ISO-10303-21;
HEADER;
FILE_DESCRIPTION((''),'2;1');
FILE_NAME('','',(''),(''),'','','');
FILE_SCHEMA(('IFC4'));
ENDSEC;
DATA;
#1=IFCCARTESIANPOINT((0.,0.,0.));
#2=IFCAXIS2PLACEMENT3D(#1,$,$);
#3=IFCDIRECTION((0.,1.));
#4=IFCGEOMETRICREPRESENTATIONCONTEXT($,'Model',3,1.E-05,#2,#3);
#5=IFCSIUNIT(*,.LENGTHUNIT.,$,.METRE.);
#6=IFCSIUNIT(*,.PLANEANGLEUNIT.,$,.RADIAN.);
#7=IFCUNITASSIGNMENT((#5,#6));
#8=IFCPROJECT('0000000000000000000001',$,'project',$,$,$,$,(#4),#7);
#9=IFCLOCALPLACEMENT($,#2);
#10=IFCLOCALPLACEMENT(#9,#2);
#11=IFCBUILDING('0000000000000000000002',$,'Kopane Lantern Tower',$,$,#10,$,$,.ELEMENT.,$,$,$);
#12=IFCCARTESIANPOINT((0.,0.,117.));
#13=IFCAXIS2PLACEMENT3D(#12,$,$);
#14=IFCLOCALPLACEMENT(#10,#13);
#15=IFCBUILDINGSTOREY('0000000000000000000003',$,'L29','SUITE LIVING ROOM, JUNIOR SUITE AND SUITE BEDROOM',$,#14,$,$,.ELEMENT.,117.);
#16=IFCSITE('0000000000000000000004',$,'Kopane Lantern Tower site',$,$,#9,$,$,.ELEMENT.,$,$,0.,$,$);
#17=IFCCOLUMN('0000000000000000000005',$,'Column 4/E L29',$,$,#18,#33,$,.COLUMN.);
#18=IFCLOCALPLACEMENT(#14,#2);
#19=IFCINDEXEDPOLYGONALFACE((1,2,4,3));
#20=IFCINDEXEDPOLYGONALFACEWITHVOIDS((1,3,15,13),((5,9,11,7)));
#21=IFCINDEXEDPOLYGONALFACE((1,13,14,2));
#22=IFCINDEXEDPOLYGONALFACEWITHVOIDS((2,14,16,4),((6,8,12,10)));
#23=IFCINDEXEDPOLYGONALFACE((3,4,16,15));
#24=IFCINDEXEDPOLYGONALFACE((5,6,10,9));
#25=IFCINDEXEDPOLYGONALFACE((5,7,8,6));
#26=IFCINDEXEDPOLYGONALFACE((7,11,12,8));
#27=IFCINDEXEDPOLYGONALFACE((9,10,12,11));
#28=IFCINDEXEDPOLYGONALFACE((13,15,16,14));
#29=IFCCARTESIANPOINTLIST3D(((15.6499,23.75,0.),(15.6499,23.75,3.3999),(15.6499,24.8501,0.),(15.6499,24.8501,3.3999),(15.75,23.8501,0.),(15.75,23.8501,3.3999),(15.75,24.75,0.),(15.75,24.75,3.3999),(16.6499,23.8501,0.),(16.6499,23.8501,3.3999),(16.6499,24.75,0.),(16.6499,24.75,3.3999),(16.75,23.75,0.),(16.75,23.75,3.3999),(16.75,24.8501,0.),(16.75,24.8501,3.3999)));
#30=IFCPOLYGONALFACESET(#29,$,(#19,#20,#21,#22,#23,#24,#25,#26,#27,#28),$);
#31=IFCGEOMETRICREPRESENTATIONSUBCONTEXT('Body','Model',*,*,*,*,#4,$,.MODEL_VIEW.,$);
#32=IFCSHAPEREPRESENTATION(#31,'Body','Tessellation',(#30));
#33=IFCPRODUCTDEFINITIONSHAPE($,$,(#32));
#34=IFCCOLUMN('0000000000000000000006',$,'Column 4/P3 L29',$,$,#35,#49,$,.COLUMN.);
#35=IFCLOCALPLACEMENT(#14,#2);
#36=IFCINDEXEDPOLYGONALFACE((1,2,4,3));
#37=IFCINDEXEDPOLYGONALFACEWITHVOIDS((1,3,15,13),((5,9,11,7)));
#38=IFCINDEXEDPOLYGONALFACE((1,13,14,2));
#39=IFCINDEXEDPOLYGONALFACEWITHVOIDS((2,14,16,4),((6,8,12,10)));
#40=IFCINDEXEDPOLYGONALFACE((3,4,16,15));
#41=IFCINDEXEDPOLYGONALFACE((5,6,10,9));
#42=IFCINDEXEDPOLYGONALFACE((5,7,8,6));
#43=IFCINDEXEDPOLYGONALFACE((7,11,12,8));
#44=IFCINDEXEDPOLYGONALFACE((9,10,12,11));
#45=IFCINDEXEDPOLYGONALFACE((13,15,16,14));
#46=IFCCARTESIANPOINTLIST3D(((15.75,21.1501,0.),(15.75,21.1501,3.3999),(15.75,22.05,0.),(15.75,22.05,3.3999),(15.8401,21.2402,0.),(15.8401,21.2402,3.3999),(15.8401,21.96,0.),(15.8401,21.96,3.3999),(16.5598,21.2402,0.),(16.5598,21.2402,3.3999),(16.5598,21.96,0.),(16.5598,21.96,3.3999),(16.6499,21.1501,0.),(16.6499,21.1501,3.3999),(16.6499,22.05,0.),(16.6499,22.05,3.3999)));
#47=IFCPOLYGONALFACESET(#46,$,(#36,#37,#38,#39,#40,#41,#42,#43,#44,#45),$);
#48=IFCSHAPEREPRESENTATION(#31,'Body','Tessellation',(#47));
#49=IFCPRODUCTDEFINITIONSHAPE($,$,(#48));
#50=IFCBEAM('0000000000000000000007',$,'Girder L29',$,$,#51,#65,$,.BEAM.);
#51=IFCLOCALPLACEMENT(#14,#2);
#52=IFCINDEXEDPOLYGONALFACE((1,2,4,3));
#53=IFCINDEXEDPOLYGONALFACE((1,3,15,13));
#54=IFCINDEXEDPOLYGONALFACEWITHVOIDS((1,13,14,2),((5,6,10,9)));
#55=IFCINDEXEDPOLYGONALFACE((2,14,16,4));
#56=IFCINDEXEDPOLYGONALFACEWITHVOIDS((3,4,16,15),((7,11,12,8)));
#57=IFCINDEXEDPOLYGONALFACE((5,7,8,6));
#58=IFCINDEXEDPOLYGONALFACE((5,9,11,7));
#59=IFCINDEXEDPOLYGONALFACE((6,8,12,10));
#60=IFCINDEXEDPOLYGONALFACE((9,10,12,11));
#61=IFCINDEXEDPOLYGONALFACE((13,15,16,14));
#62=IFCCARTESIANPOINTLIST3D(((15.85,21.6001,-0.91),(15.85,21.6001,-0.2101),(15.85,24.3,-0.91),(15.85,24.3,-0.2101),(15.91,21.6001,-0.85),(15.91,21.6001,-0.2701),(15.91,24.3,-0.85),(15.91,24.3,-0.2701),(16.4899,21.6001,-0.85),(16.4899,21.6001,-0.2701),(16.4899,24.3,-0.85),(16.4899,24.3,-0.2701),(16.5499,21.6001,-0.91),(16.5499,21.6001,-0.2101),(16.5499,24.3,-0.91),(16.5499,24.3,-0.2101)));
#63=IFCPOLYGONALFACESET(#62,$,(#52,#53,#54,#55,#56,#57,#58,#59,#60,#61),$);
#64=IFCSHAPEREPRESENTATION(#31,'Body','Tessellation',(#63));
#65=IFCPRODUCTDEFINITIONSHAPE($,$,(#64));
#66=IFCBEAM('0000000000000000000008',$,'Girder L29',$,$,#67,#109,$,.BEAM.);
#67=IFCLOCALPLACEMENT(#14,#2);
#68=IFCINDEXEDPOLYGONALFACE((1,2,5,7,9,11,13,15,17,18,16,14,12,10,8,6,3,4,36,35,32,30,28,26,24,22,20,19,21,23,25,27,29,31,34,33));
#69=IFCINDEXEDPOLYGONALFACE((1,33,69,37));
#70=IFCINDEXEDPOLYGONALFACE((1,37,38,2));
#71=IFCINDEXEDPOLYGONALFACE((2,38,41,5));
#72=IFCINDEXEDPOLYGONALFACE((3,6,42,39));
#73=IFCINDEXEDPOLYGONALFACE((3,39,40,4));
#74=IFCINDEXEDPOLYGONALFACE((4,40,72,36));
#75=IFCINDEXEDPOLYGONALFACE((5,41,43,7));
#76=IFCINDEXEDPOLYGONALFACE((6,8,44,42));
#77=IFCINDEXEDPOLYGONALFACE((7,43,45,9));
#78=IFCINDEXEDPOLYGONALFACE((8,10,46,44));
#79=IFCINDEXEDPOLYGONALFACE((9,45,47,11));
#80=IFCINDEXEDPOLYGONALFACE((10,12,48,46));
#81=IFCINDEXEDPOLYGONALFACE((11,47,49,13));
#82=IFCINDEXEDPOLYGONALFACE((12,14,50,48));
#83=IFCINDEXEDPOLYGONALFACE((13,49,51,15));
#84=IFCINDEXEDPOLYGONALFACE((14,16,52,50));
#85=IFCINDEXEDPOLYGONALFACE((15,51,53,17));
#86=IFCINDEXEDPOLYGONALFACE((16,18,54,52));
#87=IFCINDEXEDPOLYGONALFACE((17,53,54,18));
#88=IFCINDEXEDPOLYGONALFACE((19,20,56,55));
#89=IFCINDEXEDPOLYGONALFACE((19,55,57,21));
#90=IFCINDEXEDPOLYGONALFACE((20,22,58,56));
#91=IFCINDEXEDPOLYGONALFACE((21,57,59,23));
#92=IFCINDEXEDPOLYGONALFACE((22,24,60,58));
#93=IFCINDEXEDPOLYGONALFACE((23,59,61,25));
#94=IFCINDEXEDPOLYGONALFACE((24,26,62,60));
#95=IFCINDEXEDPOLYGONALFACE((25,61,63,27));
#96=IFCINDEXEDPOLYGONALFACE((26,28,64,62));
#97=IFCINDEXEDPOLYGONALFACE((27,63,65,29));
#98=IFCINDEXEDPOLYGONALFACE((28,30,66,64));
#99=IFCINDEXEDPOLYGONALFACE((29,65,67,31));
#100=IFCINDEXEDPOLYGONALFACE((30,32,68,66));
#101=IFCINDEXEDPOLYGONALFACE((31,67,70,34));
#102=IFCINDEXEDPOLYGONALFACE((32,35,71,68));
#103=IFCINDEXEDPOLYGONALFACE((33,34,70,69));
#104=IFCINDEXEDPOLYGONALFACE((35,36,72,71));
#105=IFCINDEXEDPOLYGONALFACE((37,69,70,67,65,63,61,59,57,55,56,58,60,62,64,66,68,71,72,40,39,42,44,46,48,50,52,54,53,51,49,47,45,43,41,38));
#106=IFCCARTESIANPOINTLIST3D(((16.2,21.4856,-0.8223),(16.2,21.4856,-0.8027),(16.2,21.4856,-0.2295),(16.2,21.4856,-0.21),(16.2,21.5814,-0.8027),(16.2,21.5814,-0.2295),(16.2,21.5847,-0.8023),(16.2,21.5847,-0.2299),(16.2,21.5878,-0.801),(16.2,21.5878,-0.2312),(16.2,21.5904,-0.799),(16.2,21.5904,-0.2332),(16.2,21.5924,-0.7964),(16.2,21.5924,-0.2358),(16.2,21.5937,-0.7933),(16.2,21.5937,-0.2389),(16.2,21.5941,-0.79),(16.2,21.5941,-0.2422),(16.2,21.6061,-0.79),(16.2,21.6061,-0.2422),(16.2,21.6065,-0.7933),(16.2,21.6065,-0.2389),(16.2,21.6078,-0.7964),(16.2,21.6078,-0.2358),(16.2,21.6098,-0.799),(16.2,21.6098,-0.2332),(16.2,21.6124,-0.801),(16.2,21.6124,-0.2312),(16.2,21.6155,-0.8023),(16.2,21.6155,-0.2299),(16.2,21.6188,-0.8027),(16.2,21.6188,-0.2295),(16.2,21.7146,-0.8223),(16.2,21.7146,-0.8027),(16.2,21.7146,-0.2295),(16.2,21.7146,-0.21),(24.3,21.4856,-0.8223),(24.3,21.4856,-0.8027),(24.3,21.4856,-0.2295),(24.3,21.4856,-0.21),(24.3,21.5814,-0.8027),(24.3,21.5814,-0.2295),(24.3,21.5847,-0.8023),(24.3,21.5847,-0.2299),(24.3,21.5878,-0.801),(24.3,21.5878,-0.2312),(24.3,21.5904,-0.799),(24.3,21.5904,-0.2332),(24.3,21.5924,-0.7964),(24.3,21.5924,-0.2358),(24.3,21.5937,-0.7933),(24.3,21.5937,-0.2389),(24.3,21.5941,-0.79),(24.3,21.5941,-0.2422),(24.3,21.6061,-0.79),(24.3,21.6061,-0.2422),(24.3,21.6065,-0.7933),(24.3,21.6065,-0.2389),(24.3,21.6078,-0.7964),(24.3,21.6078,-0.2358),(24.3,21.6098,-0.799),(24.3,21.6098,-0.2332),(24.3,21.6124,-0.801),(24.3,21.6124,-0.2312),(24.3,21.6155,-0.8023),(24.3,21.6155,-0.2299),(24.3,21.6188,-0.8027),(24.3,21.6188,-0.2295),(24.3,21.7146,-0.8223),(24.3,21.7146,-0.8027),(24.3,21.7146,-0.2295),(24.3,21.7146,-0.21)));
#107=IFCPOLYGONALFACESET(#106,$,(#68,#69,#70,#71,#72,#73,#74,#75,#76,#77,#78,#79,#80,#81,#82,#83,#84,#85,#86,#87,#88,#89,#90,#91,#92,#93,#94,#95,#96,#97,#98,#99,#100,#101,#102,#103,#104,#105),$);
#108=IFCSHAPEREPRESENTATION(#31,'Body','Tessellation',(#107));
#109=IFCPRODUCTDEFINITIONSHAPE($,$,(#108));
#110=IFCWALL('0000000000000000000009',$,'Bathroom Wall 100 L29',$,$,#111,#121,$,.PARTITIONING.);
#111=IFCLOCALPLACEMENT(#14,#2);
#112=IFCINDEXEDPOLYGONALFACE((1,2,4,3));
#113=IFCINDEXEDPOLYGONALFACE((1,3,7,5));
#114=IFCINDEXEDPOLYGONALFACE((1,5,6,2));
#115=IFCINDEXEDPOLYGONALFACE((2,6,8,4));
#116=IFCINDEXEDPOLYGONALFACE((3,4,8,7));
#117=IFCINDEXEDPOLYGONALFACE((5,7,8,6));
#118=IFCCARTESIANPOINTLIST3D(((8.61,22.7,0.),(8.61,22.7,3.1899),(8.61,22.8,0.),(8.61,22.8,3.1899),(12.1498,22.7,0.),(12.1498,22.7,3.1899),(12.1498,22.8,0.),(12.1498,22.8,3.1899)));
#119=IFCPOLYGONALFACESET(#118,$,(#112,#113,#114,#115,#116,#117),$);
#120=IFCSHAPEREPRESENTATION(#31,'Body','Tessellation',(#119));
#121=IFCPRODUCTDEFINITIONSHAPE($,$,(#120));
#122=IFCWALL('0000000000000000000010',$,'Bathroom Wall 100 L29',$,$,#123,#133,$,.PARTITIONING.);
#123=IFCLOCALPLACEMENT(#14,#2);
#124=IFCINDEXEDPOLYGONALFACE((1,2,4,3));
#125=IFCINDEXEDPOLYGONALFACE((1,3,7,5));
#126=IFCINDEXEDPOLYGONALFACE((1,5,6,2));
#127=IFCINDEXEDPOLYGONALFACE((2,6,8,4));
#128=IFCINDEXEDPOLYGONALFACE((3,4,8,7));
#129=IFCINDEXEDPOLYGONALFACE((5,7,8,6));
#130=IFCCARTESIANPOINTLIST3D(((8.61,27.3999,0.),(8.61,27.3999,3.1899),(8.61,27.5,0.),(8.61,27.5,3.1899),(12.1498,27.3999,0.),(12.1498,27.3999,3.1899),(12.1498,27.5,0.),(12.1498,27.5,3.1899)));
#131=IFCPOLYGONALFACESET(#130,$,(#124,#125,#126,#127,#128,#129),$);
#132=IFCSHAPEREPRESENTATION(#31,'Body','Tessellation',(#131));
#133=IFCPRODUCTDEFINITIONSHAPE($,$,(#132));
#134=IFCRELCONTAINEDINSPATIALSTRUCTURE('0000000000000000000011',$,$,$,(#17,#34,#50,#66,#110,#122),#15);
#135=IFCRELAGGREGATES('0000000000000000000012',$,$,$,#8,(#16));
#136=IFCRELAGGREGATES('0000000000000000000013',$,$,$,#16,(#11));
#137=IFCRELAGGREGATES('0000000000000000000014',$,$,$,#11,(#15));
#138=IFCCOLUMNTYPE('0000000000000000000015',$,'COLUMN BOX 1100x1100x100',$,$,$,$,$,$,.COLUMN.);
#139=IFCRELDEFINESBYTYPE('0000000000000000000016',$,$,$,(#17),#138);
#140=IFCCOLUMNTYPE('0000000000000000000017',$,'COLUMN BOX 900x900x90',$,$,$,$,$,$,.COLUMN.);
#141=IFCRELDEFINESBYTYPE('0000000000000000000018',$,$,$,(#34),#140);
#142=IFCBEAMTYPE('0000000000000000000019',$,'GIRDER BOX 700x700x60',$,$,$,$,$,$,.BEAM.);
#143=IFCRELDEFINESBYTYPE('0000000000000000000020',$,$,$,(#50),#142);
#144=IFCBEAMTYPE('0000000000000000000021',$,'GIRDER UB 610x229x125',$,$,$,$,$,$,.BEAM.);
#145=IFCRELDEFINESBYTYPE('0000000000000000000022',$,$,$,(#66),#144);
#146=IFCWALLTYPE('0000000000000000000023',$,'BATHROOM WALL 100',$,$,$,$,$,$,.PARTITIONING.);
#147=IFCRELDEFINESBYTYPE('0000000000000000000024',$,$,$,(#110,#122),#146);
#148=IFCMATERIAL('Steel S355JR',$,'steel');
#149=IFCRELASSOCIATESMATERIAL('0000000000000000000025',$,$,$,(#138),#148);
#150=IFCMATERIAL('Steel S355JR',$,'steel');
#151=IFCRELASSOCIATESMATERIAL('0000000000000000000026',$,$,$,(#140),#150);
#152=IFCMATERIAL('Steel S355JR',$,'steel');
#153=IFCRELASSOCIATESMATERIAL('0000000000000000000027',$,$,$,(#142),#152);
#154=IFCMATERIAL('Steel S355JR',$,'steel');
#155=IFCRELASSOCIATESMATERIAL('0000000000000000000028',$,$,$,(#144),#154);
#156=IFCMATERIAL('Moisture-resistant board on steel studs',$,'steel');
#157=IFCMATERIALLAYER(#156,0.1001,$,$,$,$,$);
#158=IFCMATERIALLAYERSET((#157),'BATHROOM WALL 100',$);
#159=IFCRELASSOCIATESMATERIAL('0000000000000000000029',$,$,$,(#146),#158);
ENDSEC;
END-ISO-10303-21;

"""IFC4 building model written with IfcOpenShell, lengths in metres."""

from ifc_helpers import new_model, si_unit, direction, frame, frame_2d, origin, origin_2d, place, context, subcontext, project, spatial, rectangle, hollow_rectangle, i_section, extrude, material, layer, layer_set, material_profile, profile_set, type_object, element, save


model = new_model("IFC4")

# Units and contexts
model_context = context("Model", 3, precision=1e-05, world=origin(), true_north=direction((0.0, 1.0)))
body_context = subcontext(model_context, "Body", "Model", "MODEL_VIEW")
ifc_project = project(units=[si_unit("LENGTHUNIT", "METRE"), si_unit("PLANEANGLEUNIT", "RADIAN")], contexts=[model_context])

# Site, building, storey
site_placement = place(None, origin())
site = spatial("IfcSite", under=ifc_project, at=site_placement, Name="Kopane Lantern Tower site", CompositionType="ELEMENT", RefElevation=0.0)
building_placement = place(site_placement, origin())
building = spatial("IfcBuilding", under=site, at=building_placement, Name="Kopane Lantern Tower", CompositionType="ELEMENT")
storey_placement = place(building_placement, frame((0.0, 0.0, 117.0)))
storey = spatial("IfcBuildingStorey", under=building, at=storey_placement, Name="L29", Description="SUITE LIVING ROOM, JUNIOR SUITE AND SUITE BEDROOM", CompositionType="ELEMENT", Elevation=117.0)

# Columns
ifc_material_1 = material(Name="Steel S355JR", Category="steel")
ifc_material_profile_1 = material_profile(ifc_material_1, hollow_rectangle(XDim=1.1001, YDim=1.1001, WallThickness=0.1001, at=origin_2d()), Name="BOX 1100x1100x100")
ifc_profile_set_1 = profile_set([ifc_material_profile_1], Name="Steel S355JR")
column_type_1 = type_object("IfcColumnType", Name="COLUMN BOX 1100x1100x100", PredefinedType="COLUMN", material=ifc_profile_set_1)
column_1_placement = place(storey_placement, frame((16.2, 24.3, 0.0), z_axis=(0.0, 0.0, 1.0), x_axis=(1.0, 0.0, 0.0)))
element("IfcColumn", 1, at=column_1_placement, inside=storey, type_object=column_type_1, Name="Column 4/E L29", PredefinedType="COLUMN", context=body_context, shape_type="SweptSolid", body=[
    extrude(hollow_rectangle(XDim=1.1001, YDim=1.1001, WallThickness=0.1001, at=origin_2d()), origin(), (0.0, 0.0, 1.0), 3.3999),
])
ifc_material_2 = material(Name="Steel S355JR", Category="steel")
ifc_material_profile_2 = material_profile(ifc_material_2, hollow_rectangle(XDim=0.8999, YDim=0.8999, WallThickness=0.0901, at=origin_2d()), Name="BOX 900x900x90")
ifc_profile_set_2 = profile_set([ifc_material_profile_2], Name="Steel S355JR")
column_type_2 = type_object("IfcColumnType", Name="COLUMN BOX 900x900x90", PredefinedType="COLUMN", material=ifc_profile_set_2)
column_2_placement = place(storey_placement, frame((16.2, 21.6001, 0.0), z_axis=(0.0, 0.0, 1.0), x_axis=(1.0, 0.0, 0.0)))
element("IfcColumn", 2, at=column_2_placement, inside=storey, type_object=column_type_2, Name="Column 4/P3 L29", PredefinedType="COLUMN", context=body_context, shape_type="SweptSolid", body=[
    extrude(hollow_rectangle(XDim=0.8999, YDim=0.8999, WallThickness=0.0901, at=origin_2d()), origin(), (0.0, 0.0, 1.0), 3.3999),
])

# Beams
ifc_material_3 = material(Name="Steel S355JR", Category="steel")
ifc_material_profile_3 = material_profile(ifc_material_3, hollow_rectangle(XDim=0.7, YDim=0.7, WallThickness=0.0601, at=origin_2d()), Name="BOX 700x700x60")
ifc_profile_set_3 = profile_set([ifc_material_profile_3], Name="Steel S355JR")
beam_type_1 = type_object("IfcBeamType", Name="GIRDER BOX 700x700x60", PredefinedType="BEAM", material=ifc_profile_set_3)
beam_1_placement = place(storey_placement, frame((16.2, 21.6001, -0.5601), z_axis=(0.0, 1.0, 0.0), x_axis=(-1.0, 0.0, 0.0)))
element("IfcBeam", 3, at=beam_1_placement, inside=storey, type_object=beam_type_1, Name="Girder L29", PredefinedType="BEAM", context=body_context, shape_type="SweptSolid", body=[
    extrude(hollow_rectangle(XDim=0.7, YDim=0.7, WallThickness=0.0601, at=origin_2d()), origin(), (0.0, 0.0, 1.0), 2.7),
])
ifc_material_4 = material(Name="Steel S355JR", Category="steel")
ifc_material_profile_4 = material_profile(ifc_material_4, i_section(OverallWidth=0.229, OverallDepth=0.6123, WebThickness=0.012, FlangeThickness=0.0195, FilletRadius=0.0127, at=origin_2d()), Name="UB 610x229x125")
ifc_profile_set_4 = profile_set([ifc_material_profile_4], Name="Steel S355JR")
beam_type_2 = type_object("IfcBeamType", Name="GIRDER UB 610x229x125", PredefinedType="BEAM", material=ifc_profile_set_4)
beam_2_placement = place(storey_placement, frame((16.2, 21.6001, -0.5161), z_axis=(1.0, 0.0, 0.0), x_axis=(0.0, 1.0, 0.0)))
element("IfcBeam", 4, at=beam_2_placement, inside=storey, type_object=beam_type_2, Name="Girder L29", PredefinedType="BEAM", context=body_context, shape_type="SweptSolid", body=[
    extrude(i_section(OverallWidth=0.229, OverallDepth=0.6123, WebThickness=0.012, FlangeThickness=0.0195, FilletRadius=0.0127, at=origin_2d()), origin(), (0.0, 0.0, 1.0), 8.1001),
])

# Walls
ifc_material_5 = material(Name="Moisture-resistant board on steel studs", Category="steel")
ifc_layer_1 = layer(ifc_material_5, 0.1001)
ifc_layer_set_1 = layer_set([ifc_layer_1], Name="BATHROOM WALL 100")
wall_type_1 = type_object("IfcWallType", Name="BATHROOM WALL 100", PredefinedType="PARTITIONING", material=ifc_layer_set_1)
for number, where, z_axis, x_axis, name in (
    (5, (12.1499, 22.75, 0.0), (0.0, 0.0, 1.0), (-1.0, 0.0, 0.0), "Bathroom Wall 100 L29"),
    (6, (12.1499, 27.45, 0.0), (0.0, 0.0, 1.0), (-1.0, 0.0, 0.0), "Bathroom Wall 100 L29"),
):
    element("IfcWall", number, at=place(storey_placement, frame(where, z_axis=z_axis, x_axis=x_axis)), inside=storey, type_object=wall_type_1, Name=name, PredefinedType="PARTITIONING", context=body_context, shape_type="SweptSolid", body=[
        extrude(rectangle(XDim=3.5398, YDim=0.1001, at=frame_2d((1.77, 0.0))), origin(), (0.0, 0.0, 1.0), 3.1899),
    ])

save(model, "model.ifc")
